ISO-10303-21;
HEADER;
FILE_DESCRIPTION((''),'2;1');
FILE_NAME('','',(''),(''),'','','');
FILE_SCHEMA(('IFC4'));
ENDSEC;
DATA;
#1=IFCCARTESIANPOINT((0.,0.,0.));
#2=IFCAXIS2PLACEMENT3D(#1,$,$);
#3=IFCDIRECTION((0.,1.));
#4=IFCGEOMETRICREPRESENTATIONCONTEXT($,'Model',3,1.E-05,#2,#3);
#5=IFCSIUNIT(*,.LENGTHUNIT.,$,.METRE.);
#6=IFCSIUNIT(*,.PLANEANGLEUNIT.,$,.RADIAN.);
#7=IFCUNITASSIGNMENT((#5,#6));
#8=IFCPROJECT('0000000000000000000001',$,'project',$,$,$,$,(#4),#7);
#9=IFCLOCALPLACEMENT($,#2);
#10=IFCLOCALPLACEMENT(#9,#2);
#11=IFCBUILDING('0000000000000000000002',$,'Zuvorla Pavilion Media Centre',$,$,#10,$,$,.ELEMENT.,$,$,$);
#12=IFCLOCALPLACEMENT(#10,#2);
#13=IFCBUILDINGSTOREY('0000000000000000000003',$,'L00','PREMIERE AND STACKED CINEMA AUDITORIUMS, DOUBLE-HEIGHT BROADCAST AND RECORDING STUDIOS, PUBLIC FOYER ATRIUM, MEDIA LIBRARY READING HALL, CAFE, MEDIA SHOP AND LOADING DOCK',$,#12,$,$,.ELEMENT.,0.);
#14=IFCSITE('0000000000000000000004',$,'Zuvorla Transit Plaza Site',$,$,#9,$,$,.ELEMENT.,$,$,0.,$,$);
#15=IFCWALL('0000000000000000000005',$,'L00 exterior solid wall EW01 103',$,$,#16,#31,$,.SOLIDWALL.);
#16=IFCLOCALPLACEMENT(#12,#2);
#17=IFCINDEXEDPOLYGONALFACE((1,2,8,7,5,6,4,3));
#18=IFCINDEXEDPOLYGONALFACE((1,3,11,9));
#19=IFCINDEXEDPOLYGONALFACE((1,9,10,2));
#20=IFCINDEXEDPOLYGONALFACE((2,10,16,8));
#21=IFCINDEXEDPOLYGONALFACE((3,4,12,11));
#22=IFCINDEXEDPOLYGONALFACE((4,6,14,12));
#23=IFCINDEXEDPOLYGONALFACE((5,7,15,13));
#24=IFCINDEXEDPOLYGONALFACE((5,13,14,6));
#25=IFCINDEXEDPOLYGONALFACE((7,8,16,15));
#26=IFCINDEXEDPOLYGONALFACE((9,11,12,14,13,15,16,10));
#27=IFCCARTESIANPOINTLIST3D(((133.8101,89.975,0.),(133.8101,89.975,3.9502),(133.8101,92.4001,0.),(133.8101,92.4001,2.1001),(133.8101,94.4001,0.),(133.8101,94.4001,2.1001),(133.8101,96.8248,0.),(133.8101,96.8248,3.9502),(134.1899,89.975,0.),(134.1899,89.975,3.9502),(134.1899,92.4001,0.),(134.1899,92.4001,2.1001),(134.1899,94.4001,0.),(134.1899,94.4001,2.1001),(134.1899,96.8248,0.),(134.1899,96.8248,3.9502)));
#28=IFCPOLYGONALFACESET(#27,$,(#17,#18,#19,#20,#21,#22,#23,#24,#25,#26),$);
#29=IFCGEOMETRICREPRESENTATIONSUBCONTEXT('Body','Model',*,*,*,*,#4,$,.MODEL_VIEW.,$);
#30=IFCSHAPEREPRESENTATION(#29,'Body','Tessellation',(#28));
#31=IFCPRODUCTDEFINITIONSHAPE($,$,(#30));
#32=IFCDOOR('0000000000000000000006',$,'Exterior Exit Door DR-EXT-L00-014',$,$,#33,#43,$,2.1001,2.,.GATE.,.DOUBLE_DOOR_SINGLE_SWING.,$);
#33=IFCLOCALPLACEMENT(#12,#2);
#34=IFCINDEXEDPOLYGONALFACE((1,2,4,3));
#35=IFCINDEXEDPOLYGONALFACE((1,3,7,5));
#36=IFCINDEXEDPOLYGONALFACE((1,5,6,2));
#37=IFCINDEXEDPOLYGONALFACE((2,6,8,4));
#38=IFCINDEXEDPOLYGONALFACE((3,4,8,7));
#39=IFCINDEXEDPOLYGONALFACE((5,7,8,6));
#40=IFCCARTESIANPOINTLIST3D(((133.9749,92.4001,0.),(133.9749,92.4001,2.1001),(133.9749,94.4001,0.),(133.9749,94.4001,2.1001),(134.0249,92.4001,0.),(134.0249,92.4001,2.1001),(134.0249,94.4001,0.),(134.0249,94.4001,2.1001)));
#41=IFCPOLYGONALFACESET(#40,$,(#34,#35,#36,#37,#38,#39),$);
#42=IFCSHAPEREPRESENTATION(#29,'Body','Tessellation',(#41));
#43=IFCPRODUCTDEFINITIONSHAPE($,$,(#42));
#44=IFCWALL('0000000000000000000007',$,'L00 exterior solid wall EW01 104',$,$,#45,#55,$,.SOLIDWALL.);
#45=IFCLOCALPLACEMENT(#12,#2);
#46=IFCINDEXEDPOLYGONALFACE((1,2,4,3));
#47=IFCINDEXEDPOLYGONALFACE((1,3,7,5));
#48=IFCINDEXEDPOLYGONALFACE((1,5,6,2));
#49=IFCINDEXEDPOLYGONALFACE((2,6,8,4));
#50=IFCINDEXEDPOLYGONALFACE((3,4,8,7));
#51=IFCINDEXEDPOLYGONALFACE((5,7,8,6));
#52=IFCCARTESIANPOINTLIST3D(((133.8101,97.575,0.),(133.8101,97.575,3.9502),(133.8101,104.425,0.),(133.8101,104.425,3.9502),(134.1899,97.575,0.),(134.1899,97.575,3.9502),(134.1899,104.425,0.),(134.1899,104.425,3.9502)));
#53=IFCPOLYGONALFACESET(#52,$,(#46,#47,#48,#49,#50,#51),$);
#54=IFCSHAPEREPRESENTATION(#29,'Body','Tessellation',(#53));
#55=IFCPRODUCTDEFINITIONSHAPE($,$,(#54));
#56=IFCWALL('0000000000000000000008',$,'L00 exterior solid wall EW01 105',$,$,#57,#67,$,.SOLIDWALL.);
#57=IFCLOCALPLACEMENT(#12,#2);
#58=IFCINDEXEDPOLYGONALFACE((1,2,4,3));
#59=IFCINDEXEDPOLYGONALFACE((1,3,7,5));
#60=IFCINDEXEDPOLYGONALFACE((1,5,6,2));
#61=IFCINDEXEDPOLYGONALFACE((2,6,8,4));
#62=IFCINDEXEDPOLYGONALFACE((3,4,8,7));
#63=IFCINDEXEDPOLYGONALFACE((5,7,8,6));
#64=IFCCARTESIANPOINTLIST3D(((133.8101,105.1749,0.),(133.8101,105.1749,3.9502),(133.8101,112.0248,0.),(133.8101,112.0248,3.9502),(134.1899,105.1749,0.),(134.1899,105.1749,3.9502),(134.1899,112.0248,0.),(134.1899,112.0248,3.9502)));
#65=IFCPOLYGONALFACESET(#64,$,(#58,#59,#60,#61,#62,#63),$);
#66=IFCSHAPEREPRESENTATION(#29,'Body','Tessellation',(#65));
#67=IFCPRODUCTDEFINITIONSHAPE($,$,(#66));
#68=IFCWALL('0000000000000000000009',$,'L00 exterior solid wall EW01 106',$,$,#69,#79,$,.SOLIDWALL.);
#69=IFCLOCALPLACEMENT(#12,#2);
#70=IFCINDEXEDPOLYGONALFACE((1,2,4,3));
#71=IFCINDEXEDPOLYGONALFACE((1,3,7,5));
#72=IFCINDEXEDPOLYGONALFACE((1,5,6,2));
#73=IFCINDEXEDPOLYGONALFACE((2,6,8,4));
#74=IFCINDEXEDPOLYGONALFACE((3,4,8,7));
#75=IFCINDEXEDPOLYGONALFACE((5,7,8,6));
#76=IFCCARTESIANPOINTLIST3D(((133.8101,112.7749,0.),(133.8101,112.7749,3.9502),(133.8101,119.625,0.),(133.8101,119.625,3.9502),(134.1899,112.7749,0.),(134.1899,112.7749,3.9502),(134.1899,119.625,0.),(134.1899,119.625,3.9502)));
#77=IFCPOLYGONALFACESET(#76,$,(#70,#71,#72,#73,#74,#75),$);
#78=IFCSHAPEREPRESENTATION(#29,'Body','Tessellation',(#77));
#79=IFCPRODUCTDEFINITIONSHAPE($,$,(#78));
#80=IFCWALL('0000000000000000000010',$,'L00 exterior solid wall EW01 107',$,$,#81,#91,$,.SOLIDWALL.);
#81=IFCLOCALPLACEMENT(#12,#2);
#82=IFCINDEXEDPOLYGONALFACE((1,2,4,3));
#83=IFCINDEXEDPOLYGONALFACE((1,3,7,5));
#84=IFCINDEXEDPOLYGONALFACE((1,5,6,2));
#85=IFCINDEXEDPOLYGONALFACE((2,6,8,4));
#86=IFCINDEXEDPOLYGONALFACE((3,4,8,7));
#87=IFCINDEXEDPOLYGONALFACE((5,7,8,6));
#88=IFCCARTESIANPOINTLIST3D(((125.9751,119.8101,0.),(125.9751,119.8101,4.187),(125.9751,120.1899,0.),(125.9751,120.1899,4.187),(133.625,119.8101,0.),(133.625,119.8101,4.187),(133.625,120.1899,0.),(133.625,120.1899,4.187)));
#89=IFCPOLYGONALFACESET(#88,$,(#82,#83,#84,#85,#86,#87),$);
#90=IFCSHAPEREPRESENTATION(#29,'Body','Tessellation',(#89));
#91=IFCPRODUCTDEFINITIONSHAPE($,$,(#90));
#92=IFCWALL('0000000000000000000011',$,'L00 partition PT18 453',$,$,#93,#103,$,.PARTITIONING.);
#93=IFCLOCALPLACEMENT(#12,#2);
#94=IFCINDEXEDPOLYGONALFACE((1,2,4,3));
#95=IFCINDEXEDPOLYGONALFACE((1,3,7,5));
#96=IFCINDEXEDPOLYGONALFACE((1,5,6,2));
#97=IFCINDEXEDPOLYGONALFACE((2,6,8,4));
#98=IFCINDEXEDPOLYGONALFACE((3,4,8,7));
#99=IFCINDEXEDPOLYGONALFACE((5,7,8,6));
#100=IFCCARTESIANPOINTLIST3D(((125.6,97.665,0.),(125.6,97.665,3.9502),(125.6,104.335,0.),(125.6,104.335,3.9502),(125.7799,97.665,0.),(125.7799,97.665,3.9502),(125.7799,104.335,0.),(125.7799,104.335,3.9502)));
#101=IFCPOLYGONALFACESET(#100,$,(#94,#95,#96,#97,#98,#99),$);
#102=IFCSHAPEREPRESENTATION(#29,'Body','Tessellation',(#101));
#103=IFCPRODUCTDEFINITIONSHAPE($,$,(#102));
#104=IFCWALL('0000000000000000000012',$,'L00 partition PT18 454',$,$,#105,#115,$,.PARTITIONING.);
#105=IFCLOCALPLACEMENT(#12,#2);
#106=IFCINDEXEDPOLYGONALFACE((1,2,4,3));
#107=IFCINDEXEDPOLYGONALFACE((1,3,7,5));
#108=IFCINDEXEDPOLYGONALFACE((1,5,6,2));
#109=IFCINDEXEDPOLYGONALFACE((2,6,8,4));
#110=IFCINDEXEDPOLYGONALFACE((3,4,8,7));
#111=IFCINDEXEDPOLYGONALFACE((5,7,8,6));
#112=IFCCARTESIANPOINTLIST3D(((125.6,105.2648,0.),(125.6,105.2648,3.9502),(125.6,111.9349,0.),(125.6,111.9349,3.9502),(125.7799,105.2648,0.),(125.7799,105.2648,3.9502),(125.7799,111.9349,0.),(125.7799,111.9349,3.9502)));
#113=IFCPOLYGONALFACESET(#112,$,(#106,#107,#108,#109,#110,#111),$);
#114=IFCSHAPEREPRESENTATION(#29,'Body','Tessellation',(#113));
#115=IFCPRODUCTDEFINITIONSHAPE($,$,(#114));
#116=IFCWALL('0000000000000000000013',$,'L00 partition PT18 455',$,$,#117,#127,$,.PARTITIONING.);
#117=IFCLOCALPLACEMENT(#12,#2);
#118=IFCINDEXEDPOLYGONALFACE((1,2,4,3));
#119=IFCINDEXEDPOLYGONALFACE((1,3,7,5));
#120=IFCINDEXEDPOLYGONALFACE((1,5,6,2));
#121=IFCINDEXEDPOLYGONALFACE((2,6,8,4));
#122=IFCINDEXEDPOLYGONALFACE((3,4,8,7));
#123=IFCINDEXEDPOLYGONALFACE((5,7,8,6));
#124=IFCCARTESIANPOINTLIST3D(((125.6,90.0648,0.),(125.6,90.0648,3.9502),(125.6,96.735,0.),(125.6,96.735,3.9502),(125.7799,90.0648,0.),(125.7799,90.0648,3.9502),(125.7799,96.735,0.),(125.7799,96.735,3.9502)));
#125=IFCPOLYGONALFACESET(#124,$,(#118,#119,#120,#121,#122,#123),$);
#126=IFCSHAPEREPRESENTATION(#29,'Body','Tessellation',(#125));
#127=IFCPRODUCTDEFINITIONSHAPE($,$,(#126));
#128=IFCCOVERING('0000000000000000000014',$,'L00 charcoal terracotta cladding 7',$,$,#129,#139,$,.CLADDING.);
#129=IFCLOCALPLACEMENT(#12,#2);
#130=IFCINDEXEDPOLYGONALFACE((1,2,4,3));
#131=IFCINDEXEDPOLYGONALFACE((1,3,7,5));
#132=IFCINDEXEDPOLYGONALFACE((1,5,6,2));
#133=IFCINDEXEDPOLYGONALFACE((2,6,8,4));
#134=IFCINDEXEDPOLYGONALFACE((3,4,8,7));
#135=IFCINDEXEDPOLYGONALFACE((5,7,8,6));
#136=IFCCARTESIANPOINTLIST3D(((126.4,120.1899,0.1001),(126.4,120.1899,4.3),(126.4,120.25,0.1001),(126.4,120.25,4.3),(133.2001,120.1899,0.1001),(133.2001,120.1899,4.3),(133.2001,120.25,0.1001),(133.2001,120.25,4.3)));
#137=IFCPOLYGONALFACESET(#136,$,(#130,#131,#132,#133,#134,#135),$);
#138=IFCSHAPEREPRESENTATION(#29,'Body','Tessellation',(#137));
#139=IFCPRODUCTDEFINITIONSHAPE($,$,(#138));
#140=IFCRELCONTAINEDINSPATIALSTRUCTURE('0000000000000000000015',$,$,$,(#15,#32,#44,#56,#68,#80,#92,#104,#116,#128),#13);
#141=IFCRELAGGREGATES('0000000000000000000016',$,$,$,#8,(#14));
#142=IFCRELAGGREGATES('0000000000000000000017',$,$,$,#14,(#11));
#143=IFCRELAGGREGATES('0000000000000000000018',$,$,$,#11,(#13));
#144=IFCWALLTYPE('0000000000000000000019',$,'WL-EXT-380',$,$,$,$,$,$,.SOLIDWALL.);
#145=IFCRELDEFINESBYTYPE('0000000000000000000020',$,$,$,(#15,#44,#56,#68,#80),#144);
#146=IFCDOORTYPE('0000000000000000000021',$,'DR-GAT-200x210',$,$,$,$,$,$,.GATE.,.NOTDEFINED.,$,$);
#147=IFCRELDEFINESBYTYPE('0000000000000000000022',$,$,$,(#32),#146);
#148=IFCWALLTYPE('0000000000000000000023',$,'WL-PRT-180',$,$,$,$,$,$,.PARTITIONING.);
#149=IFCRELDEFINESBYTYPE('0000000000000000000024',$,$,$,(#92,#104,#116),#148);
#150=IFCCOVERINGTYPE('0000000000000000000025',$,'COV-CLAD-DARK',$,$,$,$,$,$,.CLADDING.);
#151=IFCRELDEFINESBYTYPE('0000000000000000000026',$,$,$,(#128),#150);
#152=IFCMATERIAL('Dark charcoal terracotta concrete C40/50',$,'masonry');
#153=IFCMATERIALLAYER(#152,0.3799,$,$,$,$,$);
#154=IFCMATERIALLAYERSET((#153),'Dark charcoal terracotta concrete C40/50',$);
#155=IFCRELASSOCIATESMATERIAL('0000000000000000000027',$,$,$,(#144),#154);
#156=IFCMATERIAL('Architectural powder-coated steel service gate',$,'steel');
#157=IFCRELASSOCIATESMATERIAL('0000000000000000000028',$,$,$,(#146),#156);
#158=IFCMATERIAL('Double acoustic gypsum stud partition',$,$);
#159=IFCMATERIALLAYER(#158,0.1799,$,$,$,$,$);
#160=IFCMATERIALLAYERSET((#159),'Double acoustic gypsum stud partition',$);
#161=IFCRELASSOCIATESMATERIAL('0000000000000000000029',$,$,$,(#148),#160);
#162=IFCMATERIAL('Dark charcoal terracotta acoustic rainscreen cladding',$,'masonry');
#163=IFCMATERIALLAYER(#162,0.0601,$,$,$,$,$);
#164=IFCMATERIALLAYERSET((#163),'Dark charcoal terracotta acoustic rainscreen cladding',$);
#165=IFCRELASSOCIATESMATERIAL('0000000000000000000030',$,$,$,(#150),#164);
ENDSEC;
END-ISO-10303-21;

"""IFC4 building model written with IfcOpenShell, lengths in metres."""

from ifc_helpers import new_model, si_unit, direction, frame, frame_2d, origin, origin_2d, place, context, subcontext, project, spatial, rectangle, extrude, material, layer, layer_set, type_object, element, fill, save


model = new_model("IFC4")

# Units and contexts
model_context = context("Model", 3, precision=1e-05, world=origin(), true_north=direction((0.0, 1.0)))
body_context = subcontext(model_context, "Body", "Model", "MODEL_VIEW")
ifc_project = project(units=[si_unit("LENGTHUNIT", "METRE"), si_unit("PLANEANGLEUNIT", "RADIAN")], contexts=[model_context])

# Site, building, storey
site_placement = place(None, origin())
site = spatial("IfcSite", under=ifc_project, at=site_placement, Name="Zuvorla Transit Plaza Site", CompositionType="ELEMENT", RefElevation=0.0)
building_placement = place(site_placement, origin())
building = spatial("IfcBuilding", under=site, at=building_placement, Name="Zuvorla Pavilion Media Centre", CompositionType="ELEMENT")
storey_placement = place(building_placement, origin())
storey = spatial("IfcBuildingStorey", under=building, at=storey_placement, Name="L00", Description="PREMIERE AND STACKED CINEMA AUDITORIUMS, DOUBLE-HEIGHT BROADCAST AND RECORDING STUDIOS, PUBLIC FOYER ATRIUM, MEDIA LIBRARY READING HALL, CAFE, MEDIA SHOP AND LOADING DOCK", CompositionType="ELEMENT", Elevation=0.0)

# Wall, opening, door
ifc_material_1 = material(Name="Dark charcoal terracotta concrete C40/50", Category="masonry")
ifc_layer_1 = layer(ifc_material_1, 0.3799)
ifc_layer_set_1 = layer_set([ifc_layer_1], Name="Dark charcoal terracotta concrete C40/50")
wall_type_1 = type_object("IfcWallType", Name="WL-EXT-380", PredefinedType="SOLIDWALL", material=ifc_layer_set_1)
wall_1_placement = place(storey_placement, frame((134.0, 89.9751, 0.0), z_axis=(0.0, 0.0, 1.0), x_axis=(0.0, 1.0, 0.0)))
wall_1 = element("IfcWall", 1, at=wall_1_placement, inside=storey, type_object=wall_type_1, Name="L00 exterior solid wall EW01 103", PredefinedType="SOLIDWALL", context=body_context, shape_type="SweptSolid", body=[
    extrude(rectangle(XDim=6.8499, YDim=0.3799, at=frame_2d((3.4248, 0.0))), origin(), (0.0, 0.0, 1.0), 3.9502),
])
opening_placement = place(wall_1_placement, frame((2.425, 0.0, 0.0)))
opening = element("IfcOpeningElement", 2, at=opening_placement, cuts=wall_1, PredefinedType="OPENING", context=body_context, shape_type="SweptSolid", body=[
    extrude(rectangle(XDim=2.0, YDim=2.1001, at=frame_2d((1.0, 1.05))), frame((0.0, 0.2, 0.0), z_axis=(0.0, -1.0, 0.0), x_axis=(1.0, 0.0, 0.0)), (0.0, 0.0, 1.0), 0.3999),
])
ifc_material_2 = material(Name="Architectural powder-coated steel service gate", Category="steel")
door_type = type_object("IfcDoorType", Name="DR-GAT-200x210", OperationType="NOTDEFINED", PredefinedType="GATE", material=ifc_material_2)
door_placement = place(opening_placement, frame((2.0, 0.0, 0.0), z_axis=(0.0, 0.0, 1.0), x_axis=(-1.0, 0.0, 0.0)))
door = element("IfcDoor", 3, at=door_placement, inside=storey, type_object=door_type, Name="Exterior Exit Door DR-EXT-L00-014", OperationType="DOUBLE_DOOR_SINGLE_SWING", OverallHeight=2.1001, OverallWidth=2.0, PredefinedType="GATE", context=body_context, shape_type="SweptSolid", body=[
    extrude(rectangle(XDim=2.0, YDim=2.1001, at=frame_2d((1.0, 1.05))), frame((0.0, 0.0249, 0.0), z_axis=(0.0, -1.0, 0.0), x_axis=(1.0, 0.0, 0.0)), (0.0, 0.0, 1.0), 0.05),
])
fill(opening, door)

# Walls
wall_2_placement = place(storey_placement, frame((134.0, 97.575, 0.0), z_axis=(0.0, 0.0, 1.0), x_axis=(0.0, 1.0, 0.0)))
element("IfcWall", 4, at=wall_2_placement, inside=storey, type_object=wall_type_1, Name="L00 exterior solid wall EW01 104", PredefinedType="SOLIDWALL", context=body_context, shape_type="SweptSolid", body=[
    extrude(rectangle(XDim=6.8501, YDim=0.3799, at=frame_2d((3.425, 0.0))), origin(), (0.0, 0.0, 1.0), 3.9502),
])
wall_3_placement = place(storey_placement, frame((134.0, 105.175, 0.0), z_axis=(0.0, 0.0, 1.0), x_axis=(0.0, 1.0, 0.0)))
element("IfcWall", 5, at=wall_3_placement, inside=storey, type_object=wall_type_1, Name="L00 exterior solid wall EW01 105", PredefinedType="SOLIDWALL", context=body_context, shape_type="SweptSolid", body=[
    extrude(rectangle(XDim=6.8499, YDim=0.3799, at=frame_2d((3.4248, 0.0))), origin(), (0.0, 0.0, 1.0), 3.9502),
])
wall_4_placement = place(storey_placement, frame((134.0, 112.7749, 0.0), z_axis=(0.0, 0.0, 1.0), x_axis=(0.0, 1.0, 0.0)))
element("IfcWall", 6, at=wall_4_placement, inside=storey, type_object=wall_type_1, Name="L00 exterior solid wall EW01 106", PredefinedType="SOLIDWALL", context=body_context, shape_type="SweptSolid", body=[
    extrude(rectangle(XDim=6.8501, YDim=0.3799, at=frame_2d((3.425, 0.0))), origin(), (0.0, 0.0, 1.0), 3.9502),
])
wall_5_placement = place(storey_placement, frame((133.625, 120.0, 0.0), z_axis=(0.0, 0.0, 1.0), x_axis=(-1.0, 0.0, 0.0)))
element("IfcWall", 7, at=wall_5_placement, inside=storey, type_object=wall_type_1, Name="L00 exterior solid wall EW01 107", PredefinedType="SOLIDWALL", context=body_context, shape_type="SweptSolid", body=[
    extrude(rectangle(XDim=7.6499, YDim=0.3799, at=frame_2d((3.825, 0.0))), origin(), (0.0, 0.0, 1.0), 4.187),
])
ifc_material_3 = material(Name="Double acoustic gypsum stud partition")
ifc_layer_2 = layer(ifc_material_3, 0.1799)
ifc_layer_set_2 = layer_set([ifc_layer_2], Name="Double acoustic gypsum stud partition")
wall_type_2 = type_object("IfcWallType", Name="WL-PRT-180", PredefinedType="PARTITIONING", material=ifc_layer_set_2)
wall_6_placement = place(storey_placement, frame((125.6899, 97.665, 0.0), z_axis=(0.0, 0.0, 1.0), x_axis=(0.0, 1.0, 0.0)))
element("IfcWall", 8, at=wall_6_placement, inside=storey, type_object=wall_type_2, Name="L00 partition PT18 453", PredefinedType="PARTITIONING", context=body_context, shape_type="SweptSolid", body=[
    extrude(rectangle(XDim=6.6699, YDim=0.1799, at=frame_2d((3.335, 0.0))), origin(), (0.0, 0.0, 1.0), 3.9502),
])
for number, where, z_axis, x_axis, name in (
    (9, (125.6899, 105.2649, 0.0), (0.0, 0.0, 1.0), (0.0, 1.0, 0.0), "L00 partition PT18 454"),
    (10, (125.6899, 90.0649, 0.0), (0.0, 0.0, 1.0), (0.0, 1.0, 0.0), "L00 partition PT18 455"),
):
    element("IfcWall", number, at=place(storey_placement, frame(where, z_axis=z_axis, x_axis=x_axis)), inside=storey, type_object=wall_type_2, Name=name, PredefinedType="PARTITIONING", context=body_context, shape_type="SweptSolid", body=[
        extrude(rectangle(XDim=6.6702, YDim=0.1799, at=frame_2d((3.335, 0.0))), origin(), (0.0, 0.0, 1.0), 3.9502),
    ])

# Covering
ifc_material_4 = material(Name="Dark charcoal terracotta acoustic rainscreen cladding", Category="masonry")
ifc_layer_3 = layer(ifc_material_4, 0.0601)
ifc_layer_set_3 = layer_set([ifc_layer_3], Name="Dark charcoal terracotta acoustic rainscreen cladding")
covering_type = type_object("IfcCoveringType", Name="COV-CLAD-DARK", PredefinedType="CLADDING", material=ifc_layer_set_3)
covering_placement = place(storey_placement, frame((129.8, 120.22, 0.1001), z_axis=(0.0, 0.0, 1.0), x_axis=(1.0, 0.0, 0.0)))
element("IfcCovering", 11, at=covering_placement, inside=storey, type_object=covering_type, Name="L00 charcoal terracotta cladding 7", PredefinedType="CLADDING", context=body_context, shape_type="SweptSolid", body=[
    extrude(rectangle(XDim=6.8, YDim=0.0601, at=origin_2d()), origin(), (0.0, 0.0, 1.0), 4.2),
])

save(model, "model.ifc")
